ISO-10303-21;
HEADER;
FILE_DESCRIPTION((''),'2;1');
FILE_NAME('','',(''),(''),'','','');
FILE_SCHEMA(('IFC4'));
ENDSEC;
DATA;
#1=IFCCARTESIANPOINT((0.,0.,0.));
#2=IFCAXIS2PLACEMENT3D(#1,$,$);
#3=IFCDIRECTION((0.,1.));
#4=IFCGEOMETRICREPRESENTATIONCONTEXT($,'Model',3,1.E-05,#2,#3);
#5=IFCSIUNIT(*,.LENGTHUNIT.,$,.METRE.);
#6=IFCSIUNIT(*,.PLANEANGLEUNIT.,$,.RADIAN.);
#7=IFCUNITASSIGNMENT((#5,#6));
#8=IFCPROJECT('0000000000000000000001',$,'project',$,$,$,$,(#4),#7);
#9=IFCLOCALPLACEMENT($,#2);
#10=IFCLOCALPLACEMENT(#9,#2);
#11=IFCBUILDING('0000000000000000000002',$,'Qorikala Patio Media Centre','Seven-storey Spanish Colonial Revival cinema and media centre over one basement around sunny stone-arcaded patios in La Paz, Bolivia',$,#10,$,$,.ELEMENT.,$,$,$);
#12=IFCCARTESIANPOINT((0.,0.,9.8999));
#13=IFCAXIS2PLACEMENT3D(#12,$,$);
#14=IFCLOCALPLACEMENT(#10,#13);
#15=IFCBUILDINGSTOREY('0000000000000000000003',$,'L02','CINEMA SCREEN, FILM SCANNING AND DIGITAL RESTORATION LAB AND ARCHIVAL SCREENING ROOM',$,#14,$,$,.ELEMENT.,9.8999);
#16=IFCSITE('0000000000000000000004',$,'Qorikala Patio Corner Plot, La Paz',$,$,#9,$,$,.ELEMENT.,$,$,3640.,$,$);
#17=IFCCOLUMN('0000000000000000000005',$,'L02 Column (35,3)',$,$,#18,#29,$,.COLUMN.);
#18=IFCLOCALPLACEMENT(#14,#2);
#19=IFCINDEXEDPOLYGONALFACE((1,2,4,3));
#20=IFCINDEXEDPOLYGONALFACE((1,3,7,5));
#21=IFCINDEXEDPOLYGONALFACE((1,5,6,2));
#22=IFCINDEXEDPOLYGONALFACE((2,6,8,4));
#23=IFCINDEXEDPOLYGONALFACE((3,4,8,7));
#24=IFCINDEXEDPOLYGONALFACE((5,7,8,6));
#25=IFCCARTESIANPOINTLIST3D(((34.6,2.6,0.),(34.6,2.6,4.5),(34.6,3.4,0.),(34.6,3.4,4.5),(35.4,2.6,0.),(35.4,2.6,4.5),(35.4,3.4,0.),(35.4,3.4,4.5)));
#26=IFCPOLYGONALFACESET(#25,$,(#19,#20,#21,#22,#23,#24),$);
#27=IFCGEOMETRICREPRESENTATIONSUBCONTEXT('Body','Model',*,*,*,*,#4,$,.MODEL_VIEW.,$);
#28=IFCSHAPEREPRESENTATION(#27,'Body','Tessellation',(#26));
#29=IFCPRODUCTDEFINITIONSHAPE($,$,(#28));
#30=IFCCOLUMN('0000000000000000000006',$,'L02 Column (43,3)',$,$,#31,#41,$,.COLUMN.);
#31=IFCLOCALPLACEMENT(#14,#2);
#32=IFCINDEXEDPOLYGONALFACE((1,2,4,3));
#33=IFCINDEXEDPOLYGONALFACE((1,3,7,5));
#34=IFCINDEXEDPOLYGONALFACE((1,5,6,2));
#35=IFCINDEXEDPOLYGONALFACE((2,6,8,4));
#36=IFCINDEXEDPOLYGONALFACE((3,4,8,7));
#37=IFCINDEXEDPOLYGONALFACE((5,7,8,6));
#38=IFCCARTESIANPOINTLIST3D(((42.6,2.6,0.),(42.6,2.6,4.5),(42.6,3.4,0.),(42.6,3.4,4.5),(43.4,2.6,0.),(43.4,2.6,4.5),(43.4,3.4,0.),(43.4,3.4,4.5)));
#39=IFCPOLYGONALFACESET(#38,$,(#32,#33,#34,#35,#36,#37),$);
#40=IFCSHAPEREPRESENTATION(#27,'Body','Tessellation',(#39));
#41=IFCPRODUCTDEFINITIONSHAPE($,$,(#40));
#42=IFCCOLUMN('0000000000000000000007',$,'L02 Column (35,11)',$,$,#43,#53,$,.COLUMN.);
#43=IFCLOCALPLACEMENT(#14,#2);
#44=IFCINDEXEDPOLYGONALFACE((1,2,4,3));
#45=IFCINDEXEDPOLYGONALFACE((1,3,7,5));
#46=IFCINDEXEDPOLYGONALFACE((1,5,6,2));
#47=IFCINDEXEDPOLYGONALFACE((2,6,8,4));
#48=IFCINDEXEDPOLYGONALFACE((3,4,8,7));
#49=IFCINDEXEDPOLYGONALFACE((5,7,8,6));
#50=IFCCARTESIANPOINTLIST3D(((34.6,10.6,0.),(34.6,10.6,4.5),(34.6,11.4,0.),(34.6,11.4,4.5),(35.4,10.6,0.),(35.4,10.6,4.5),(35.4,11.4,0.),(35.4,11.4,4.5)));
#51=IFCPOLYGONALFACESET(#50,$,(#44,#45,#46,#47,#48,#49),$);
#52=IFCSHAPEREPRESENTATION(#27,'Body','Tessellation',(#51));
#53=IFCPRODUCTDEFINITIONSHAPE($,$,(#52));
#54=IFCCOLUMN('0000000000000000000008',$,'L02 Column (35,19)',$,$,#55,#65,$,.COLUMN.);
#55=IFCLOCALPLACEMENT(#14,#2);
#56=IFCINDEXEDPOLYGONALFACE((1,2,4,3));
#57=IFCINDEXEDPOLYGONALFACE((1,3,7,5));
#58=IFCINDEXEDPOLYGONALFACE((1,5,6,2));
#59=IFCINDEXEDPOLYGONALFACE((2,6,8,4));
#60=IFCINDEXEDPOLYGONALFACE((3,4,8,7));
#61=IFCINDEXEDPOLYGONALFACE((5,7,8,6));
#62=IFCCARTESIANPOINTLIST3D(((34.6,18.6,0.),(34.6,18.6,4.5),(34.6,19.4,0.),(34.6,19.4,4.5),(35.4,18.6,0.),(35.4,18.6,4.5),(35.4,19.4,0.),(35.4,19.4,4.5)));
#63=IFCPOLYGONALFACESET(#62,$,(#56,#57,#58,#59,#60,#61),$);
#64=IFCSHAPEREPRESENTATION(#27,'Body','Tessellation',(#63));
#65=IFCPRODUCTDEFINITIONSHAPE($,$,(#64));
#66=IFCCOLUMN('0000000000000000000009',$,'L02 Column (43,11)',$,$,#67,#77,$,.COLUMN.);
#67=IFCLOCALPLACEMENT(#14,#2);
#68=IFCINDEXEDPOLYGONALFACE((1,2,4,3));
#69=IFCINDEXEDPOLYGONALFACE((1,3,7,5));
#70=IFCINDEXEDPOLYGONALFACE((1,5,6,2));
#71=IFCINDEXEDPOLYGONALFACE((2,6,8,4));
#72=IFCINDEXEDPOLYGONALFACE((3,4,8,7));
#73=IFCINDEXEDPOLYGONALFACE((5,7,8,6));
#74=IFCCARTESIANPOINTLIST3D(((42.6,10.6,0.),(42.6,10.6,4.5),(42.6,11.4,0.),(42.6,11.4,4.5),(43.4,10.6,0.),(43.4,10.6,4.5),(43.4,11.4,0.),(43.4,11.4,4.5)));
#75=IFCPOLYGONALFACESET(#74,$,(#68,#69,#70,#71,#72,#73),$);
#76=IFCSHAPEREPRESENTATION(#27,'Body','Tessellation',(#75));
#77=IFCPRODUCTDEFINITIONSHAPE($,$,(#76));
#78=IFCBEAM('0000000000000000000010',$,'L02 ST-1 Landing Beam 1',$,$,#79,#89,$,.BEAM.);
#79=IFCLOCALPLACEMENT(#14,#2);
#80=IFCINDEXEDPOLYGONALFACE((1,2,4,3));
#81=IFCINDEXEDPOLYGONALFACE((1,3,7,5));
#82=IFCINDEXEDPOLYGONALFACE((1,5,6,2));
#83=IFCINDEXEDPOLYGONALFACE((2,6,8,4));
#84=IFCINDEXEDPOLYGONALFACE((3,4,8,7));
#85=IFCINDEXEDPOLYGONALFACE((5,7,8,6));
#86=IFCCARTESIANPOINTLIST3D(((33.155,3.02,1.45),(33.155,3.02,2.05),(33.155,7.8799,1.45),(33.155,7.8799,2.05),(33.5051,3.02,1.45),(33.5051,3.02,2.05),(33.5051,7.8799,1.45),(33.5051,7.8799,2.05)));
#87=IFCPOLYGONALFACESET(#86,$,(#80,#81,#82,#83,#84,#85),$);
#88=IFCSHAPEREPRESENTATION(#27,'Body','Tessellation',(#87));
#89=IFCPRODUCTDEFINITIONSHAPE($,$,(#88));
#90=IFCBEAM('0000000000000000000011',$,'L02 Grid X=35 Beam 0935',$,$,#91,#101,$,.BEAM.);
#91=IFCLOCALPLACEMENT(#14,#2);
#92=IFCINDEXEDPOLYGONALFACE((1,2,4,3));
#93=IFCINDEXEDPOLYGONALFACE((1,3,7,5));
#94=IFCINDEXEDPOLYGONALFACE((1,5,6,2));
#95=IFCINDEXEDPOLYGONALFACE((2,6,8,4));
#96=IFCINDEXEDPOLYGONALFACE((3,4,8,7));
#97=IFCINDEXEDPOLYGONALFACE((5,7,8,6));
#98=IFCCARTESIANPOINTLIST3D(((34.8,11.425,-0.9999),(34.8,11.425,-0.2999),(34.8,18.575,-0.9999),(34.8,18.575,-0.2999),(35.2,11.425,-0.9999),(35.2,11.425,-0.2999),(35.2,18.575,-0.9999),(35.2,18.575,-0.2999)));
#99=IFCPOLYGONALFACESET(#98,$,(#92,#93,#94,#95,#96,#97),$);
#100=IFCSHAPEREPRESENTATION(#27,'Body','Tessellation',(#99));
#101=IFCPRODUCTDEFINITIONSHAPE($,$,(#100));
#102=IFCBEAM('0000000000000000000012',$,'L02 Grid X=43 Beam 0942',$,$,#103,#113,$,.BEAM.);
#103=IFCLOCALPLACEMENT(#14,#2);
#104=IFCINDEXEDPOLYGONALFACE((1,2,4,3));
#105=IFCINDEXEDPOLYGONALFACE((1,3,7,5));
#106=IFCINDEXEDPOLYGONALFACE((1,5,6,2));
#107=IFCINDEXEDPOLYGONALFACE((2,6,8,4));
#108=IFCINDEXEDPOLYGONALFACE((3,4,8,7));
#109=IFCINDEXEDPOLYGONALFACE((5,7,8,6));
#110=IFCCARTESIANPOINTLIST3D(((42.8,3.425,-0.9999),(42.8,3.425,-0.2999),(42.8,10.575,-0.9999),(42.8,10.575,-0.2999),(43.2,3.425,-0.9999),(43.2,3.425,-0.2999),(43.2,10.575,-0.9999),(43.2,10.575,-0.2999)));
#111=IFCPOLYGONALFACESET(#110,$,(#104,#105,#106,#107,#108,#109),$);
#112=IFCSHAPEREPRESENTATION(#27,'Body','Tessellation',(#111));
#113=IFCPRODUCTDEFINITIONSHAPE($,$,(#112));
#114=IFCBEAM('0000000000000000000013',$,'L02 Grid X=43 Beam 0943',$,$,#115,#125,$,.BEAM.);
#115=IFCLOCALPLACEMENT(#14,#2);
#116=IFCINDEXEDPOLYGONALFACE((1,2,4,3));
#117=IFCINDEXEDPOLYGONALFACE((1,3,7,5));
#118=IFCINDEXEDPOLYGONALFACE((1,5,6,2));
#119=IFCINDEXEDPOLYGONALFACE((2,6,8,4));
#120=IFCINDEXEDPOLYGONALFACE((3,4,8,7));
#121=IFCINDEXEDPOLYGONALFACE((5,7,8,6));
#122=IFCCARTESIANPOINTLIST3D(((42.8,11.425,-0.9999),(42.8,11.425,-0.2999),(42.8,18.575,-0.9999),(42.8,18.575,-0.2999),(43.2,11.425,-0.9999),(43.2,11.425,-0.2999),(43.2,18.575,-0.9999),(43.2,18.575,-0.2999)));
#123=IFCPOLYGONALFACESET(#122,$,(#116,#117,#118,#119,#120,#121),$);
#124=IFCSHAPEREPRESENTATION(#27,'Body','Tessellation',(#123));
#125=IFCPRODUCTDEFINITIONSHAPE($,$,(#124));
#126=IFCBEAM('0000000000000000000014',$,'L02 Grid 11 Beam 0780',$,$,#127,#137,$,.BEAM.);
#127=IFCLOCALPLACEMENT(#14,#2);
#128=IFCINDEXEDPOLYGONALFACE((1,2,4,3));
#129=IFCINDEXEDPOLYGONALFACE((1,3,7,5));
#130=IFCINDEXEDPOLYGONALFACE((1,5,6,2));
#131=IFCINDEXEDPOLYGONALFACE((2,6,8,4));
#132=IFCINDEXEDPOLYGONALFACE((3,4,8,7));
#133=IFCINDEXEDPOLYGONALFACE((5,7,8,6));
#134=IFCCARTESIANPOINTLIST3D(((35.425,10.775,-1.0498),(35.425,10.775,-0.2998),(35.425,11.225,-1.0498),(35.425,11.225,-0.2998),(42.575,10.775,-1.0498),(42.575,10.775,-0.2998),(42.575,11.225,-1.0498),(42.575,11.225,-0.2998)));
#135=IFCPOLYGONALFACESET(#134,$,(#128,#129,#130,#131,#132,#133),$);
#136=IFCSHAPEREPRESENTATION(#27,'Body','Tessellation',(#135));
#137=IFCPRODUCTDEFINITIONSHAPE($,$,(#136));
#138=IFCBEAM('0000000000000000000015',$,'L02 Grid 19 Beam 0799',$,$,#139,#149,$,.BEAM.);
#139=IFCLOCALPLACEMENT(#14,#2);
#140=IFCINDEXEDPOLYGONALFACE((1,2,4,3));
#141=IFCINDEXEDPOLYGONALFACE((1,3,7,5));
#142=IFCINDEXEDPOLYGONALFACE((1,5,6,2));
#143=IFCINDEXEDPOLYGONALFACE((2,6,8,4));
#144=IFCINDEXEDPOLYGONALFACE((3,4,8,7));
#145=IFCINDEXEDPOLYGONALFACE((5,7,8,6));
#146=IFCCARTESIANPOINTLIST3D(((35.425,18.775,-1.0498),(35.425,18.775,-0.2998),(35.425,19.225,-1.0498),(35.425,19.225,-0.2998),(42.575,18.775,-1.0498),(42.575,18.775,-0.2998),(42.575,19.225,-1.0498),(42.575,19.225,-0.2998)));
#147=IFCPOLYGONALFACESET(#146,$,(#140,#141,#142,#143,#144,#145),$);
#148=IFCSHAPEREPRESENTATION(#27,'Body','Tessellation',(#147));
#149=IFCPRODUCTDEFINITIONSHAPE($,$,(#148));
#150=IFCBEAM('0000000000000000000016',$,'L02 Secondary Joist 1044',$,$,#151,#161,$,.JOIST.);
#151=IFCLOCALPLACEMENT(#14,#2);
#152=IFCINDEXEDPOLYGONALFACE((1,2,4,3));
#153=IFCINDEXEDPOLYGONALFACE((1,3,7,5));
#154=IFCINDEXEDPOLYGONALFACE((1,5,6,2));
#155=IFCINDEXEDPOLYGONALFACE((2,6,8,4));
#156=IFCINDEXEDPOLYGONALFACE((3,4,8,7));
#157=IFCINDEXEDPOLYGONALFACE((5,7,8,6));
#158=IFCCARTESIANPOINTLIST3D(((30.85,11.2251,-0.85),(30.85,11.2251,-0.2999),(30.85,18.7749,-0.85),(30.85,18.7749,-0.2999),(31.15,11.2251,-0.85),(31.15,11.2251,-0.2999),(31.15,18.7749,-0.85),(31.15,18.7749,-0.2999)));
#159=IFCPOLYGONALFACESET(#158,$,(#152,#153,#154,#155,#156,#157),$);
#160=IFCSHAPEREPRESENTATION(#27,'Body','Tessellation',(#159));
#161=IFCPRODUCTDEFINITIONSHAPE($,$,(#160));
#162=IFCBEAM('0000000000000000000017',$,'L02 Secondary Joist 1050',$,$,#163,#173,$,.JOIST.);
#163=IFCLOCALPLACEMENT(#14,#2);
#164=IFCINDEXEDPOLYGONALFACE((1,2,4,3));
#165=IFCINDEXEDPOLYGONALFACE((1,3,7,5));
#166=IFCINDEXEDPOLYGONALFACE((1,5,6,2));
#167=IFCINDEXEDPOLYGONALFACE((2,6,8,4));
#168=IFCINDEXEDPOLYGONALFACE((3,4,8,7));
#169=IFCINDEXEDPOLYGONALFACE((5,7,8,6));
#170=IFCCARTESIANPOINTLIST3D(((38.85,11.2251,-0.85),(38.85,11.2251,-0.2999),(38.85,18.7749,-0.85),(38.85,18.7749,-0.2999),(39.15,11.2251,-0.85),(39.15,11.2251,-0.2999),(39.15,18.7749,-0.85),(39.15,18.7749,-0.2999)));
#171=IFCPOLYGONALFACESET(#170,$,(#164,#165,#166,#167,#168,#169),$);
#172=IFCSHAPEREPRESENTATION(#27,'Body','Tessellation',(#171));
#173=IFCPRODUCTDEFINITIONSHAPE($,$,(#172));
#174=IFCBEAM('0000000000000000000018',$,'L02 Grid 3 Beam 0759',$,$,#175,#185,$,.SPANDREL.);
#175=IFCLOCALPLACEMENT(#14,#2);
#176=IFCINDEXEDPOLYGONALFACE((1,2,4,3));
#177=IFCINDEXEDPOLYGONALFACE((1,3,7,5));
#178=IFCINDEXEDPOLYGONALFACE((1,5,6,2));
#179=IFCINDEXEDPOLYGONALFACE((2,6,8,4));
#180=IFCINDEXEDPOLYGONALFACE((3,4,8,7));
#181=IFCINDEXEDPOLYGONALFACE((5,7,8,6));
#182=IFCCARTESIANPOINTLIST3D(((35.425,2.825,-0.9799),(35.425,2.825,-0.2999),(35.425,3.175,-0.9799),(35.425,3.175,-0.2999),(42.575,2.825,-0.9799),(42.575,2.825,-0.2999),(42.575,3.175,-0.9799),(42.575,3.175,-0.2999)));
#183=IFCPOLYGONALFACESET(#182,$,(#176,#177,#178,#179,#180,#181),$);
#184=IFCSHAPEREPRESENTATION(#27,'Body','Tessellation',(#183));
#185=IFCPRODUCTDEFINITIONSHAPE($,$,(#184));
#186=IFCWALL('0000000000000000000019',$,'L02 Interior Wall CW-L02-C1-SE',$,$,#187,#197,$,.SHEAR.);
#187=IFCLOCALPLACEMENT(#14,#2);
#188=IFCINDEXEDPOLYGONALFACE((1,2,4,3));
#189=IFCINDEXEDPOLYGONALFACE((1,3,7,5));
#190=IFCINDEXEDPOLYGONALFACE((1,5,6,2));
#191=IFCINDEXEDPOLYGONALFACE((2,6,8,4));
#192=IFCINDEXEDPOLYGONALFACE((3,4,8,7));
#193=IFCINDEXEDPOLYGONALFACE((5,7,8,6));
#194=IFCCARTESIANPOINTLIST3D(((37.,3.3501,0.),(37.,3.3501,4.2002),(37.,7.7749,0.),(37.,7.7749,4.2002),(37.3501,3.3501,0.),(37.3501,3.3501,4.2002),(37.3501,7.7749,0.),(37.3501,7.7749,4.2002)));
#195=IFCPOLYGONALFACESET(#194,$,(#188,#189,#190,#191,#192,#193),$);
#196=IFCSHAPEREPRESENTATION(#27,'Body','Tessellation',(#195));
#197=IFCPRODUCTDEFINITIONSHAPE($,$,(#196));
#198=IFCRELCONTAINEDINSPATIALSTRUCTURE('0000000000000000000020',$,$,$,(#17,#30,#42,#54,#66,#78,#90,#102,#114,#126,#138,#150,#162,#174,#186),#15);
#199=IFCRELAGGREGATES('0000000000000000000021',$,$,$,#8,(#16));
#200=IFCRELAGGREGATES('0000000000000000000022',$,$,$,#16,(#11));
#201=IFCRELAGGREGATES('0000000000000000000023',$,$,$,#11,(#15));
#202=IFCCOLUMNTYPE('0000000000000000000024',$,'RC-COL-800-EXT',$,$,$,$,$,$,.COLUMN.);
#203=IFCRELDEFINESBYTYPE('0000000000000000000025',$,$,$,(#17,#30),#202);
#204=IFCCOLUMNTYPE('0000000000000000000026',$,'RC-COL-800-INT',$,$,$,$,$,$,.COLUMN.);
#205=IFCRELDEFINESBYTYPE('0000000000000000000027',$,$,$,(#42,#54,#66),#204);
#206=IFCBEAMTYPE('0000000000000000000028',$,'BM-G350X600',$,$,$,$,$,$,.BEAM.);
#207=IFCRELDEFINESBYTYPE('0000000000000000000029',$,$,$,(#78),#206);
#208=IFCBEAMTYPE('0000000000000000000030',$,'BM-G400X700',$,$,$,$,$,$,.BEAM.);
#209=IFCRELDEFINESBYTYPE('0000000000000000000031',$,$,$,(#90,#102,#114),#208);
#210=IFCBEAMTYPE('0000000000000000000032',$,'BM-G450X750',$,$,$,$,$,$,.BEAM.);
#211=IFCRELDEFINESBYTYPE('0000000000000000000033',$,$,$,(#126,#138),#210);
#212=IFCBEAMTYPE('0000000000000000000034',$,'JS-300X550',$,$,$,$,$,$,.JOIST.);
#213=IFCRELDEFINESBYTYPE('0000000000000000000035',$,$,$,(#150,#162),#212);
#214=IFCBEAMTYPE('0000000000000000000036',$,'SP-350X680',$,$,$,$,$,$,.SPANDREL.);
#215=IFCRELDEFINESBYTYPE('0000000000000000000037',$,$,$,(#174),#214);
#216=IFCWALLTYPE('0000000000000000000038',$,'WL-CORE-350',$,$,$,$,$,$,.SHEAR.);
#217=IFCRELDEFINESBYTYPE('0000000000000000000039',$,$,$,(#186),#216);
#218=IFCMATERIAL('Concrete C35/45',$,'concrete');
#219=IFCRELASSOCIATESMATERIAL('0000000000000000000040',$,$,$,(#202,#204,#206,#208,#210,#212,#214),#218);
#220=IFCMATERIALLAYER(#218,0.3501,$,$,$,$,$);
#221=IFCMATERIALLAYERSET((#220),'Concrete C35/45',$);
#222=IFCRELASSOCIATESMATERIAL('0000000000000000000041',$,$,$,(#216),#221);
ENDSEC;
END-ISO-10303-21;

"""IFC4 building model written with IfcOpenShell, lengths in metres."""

from ifc_helpers import new_model, si_unit, direction, frame, frame_2d, origin, origin_2d, place, context, subcontext, project, spatial, rectangle, extrude, material, layer, layer_set, material_profile, profile_set, type_object, element, save


model = new_model("IFC4")

# Units and contexts
model_context = context("Model", 3, precision=1e-05, world=origin(), true_north=direction((0.0, 1.0)))
body_context = subcontext(model_context, "Body", "Model", "MODEL_VIEW")
ifc_project = project(units=[si_unit("LENGTHUNIT", "METRE"), si_unit("PLANEANGLEUNIT", "RADIAN")], contexts=[model_context])

# Site, building, storey
site_placement = place(None, origin())
site = spatial("IfcSite", under=ifc_project, at=site_placement, Name="Qorikala Patio Corner Plot, La Paz", CompositionType="ELEMENT", RefElevation=3640.0)
building_placement = place(site_placement, origin())
building = spatial("IfcBuilding", under=site, at=building_placement, Name="Qorikala Patio Media Centre", Description="Seven-storey Spanish Colonial Revival cinema and media centre over one basement around sunny stone-arcaded patios in La Paz, Bolivia", CompositionType="ELEMENT")
storey_placement = place(building_placement, frame((0.0, 0.0, 9.8999)))
storey = spatial("IfcBuildingStorey", under=building, at=storey_placement, Name="L02", Description="CINEMA SCREEN, FILM SCANNING AND DIGITAL RESTORATION LAB AND ARCHIVAL SCREENING ROOM", CompositionType="ELEMENT", Elevation=9.8999)

# Columns
ifc_material_1 = material(Name="Concrete C35/45", Category="concrete")
ifc_material_profile_1 = material_profile(ifc_material_1, rectangle(XDim=0.8, YDim=0.8, at=origin_2d()), Name="RC 800x800")
ifc_profile_set_1 = profile_set([ifc_material_profile_1], Name="Concrete C35/45")
column_type_1 = type_object("IfcColumnType", Name="RC-COL-800-EXT", PredefinedType="COLUMN", material=ifc_profile_set_1)
for number, where, z_axis, x_axis, name in (
    (1, (35.0, 3.0, 0.0), (0.0, 0.0, 1.0), (1.0, 0.0, 0.0), "L02 Column (35,3)"),
    (2, (43.0, 3.0, 0.0), (0.0, 0.0, 1.0), (1.0, 0.0, 0.0), "L02 Column (43,3)"),
):
    element("IfcColumn", number, at=place(storey_placement, frame(where, z_axis=z_axis, x_axis=x_axis)), inside=storey, type_object=column_type_1, Name=name, PredefinedType="COLUMN", context=body_context, shape_type="SweptSolid", body=[
        extrude(rectangle(XDim=0.8, YDim=0.8, at=origin_2d()), origin(), (0.0, 0.0, 1.0), 4.5),
    ])
ifc_material_profile_2 = material_profile(ifc_material_1, rectangle(XDim=0.8, YDim=0.8, at=origin_2d()), Name="RC 800x800")
ifc_profile_set_2 = profile_set([ifc_material_profile_2], Name="Concrete C35/45")
column_type_2 = type_object("IfcColumnType", Name="RC-COL-800-INT", PredefinedType="COLUMN", material=ifc_profile_set_2)
for number, where, z_axis, x_axis, name in (
    (3, (35.0, 11.0, 0.0), (0.0, 0.0, 1.0), (1.0, 0.0, 0.0), "L02 Column (35,11)"),
    (4, (35.0, 19.0, 0.0), (0.0, 0.0, 1.0), (1.0, 0.0, 0.0), "L02 Column (35,19)"),
    (5, (43.0, 11.0, 0.0), (0.0, 0.0, 1.0), (1.0, 0.0, 0.0), "L02 Column (43,11)"),
):
    element("IfcColumn", number, at=place(storey_placement, frame(where, z_axis=z_axis, x_axis=x_axis)), inside=storey, type_object=column_type_2, Name=name, PredefinedType="COLUMN", context=body_context, shape_type="SweptSolid", body=[
        extrude(rectangle(XDim=0.8, YDim=0.8, at=origin_2d()), origin(), (0.0, 0.0, 1.0), 4.5),
    ])

# Beams
ifc_material_profile_3 = material_profile(ifc_material_1, rectangle(XDim=0.3501, YDim=0.6001, at=origin_2d()), Name="RC 350x600")
ifc_profile_set_3 = profile_set([ifc_material_profile_3], Name="Concrete C35/45")
beam_type_1 = type_object("IfcBeamType", Name="BM-G350X600", PredefinedType="BEAM", material=ifc_profile_set_3)
beam_1_placement = place(storey_placement, frame((33.3301, 3.02, 1.75), z_axis=(0.0, 1.0, 0.0), x_axis=(-1.0, 0.0, 0.0)))
element("IfcBeam", 6, at=beam_1_placement, inside=storey, type_object=beam_type_1, Name="L02 ST-1 Landing Beam 1", PredefinedType="BEAM", context=body_context, shape_type="SweptSolid", body=[
    extrude(rectangle(XDim=0.3501, YDim=0.6001, at=origin_2d()), origin(), (0.0, 0.0, 1.0), 4.8599),
])
ifc_material_profile_4 = material_profile(ifc_material_1, rectangle(XDim=0.3999, YDim=0.7, at=origin_2d()), Name="RC 400x700")
ifc_profile_set_4 = profile_set([ifc_material_profile_4], Name="Concrete C35/45")
beam_type_2 = type_object("IfcBeamType", Name="BM-G400X700", PredefinedType="BEAM", material=ifc_profile_set_4)
for number, where, z_axis, x_axis, name in (
    (7, (35.0, 11.425, -0.6499), (0.0, 1.0, 0.0), (-1.0, 0.0, 0.0), "L02 Grid X=35 Beam 0935"),
    (8, (43.0, 3.425, -0.6499), (0.0, 1.0, 0.0), (-1.0, 0.0, 0.0), "L02 Grid X=43 Beam 0942"),
    (9, (43.0, 11.425, -0.6499), (0.0, 1.0, 0.0), (-1.0, 0.0, 0.0), "L02 Grid X=43 Beam 0943"),
):
    element("IfcBeam", number, at=place(storey_placement, frame(where, z_axis=z_axis, x_axis=x_axis)), inside=storey, type_object=beam_type_2, Name=name, PredefinedType="BEAM", context=body_context, shape_type="SweptSolid", body=[
        extrude(rectangle(XDim=0.3999, YDim=0.7, at=origin_2d()), origin(), (0.0, 0.0, 1.0), 7.1499),
    ])
ifc_material_profile_5 = material_profile(ifc_material_1, rectangle(XDim=0.45, YDim=0.75, at=origin_2d()), Name="RC 450x750")
ifc_profile_set_5 = profile_set([ifc_material_profile_5], Name="Concrete C35/45")
beam_type_3 = type_object("IfcBeamType", Name="BM-G450X750", PredefinedType="BEAM", material=ifc_profile_set_5)
for number, where, z_axis, x_axis, name in (
    (10, (35.425, 11.0, -0.6748), (1.0, 0.0, 0.0), (0.0, 1.0, 0.0), "L02 Grid 11 Beam 0780"),
    (11, (35.425, 19.0, -0.6748), (1.0, 0.0, 0.0), (0.0, 1.0, 0.0), "L02 Grid 19 Beam 0799"),
):
    element("IfcBeam", number, at=place(storey_placement, frame(where, z_axis=z_axis, x_axis=x_axis)), inside=storey, type_object=beam_type_3, Name=name, PredefinedType="BEAM", context=body_context, shape_type="SweptSolid", body=[
        extrude(rectangle(XDim=0.45, YDim=0.75, at=origin_2d()), origin(), (0.0, 0.0, 1.0), 7.1499),
    ])
ifc_material_profile_6 = material_profile(ifc_material_1, rectangle(XDim=0.3, YDim=0.55, at=origin_2d()), Name="RC 300x550")
ifc_profile_set_6 = profile_set([ifc_material_profile_6], Name="Concrete C35/45")
beam_type_4 = type_object("IfcBeamType", Name="JS-300X550", PredefinedType="JOIST", material=ifc_profile_set_6)
for number, where, z_axis, x_axis, name in (
    (12, (31.0, 11.2251, -0.575), (0.0, 1.0, 0.0), (-1.0, 0.0, 0.0), "L02 Secondary Joist 1044"),
    (13, (39.0, 11.2251, -0.575), (0.0, 1.0, 0.0), (-1.0, 0.0, 0.0), "L02 Secondary Joist 1050"),
):
    element("IfcBeam", number, at=place(storey_placement, frame(where, z_axis=z_axis, x_axis=x_axis)), inside=storey, type_object=beam_type_4, Name=name, PredefinedType="JOIST", context=body_context, shape_type="SweptSolid", body=[
        extrude(rectangle(XDim=0.3, YDim=0.55, at=origin_2d()), origin(), (0.0, 0.0, 1.0), 7.5498),
    ])
ifc_material_profile_7 = material_profile(ifc_material_1, rectangle(XDim=0.3501, YDim=0.6799, at=origin_2d()), Name="RC 350x680")
ifc_profile_set_7 = profile_set([ifc_material_profile_7], Name="Concrete C35/45")
beam_type_5 = type_object("IfcBeamType", Name="SP-350X680", PredefinedType="SPANDREL", material=ifc_profile_set_7)
beam_2_placement = place(storey_placement, frame((35.425, 3.0, -0.6399), z_axis=(1.0, 0.0, 0.0), x_axis=(0.0, 1.0, 0.0)))
element("IfcBeam", 14, at=beam_2_placement, inside=storey, type_object=beam_type_5, Name="L02 Grid 3 Beam 0759", PredefinedType="SPANDREL", context=body_context, shape_type="SweptSolid", body=[
    extrude(rectangle(XDim=0.3501, YDim=0.6799, at=origin_2d()), origin(), (0.0, 0.0, 1.0), 7.1499),
])

# Wall
ifc_layer_1 = layer(ifc_material_1, 0.3501)
ifc_layer_set_1 = layer_set([ifc_layer_1], Name="Concrete C35/45")
wall_type_1 = type_object("IfcWallType", Name="WL-CORE-350", PredefinedType="SHEAR", material=ifc_layer_set_1)
wall_1_placement = place(storey_placement, frame((37.175, 3.3501, 0.0), z_axis=(0.0, 0.0, 1.0), x_axis=(0.0, 1.0, 0.0)))
element("IfcWall", 15, at=wall_1_placement, inside=storey, type_object=wall_type_1, Name="L02 Interior Wall CW-L02-C1-SE", PredefinedType="SHEAR", context=body_context, shape_type="SweptSolid", body=[
    extrude(rectangle(XDim=4.4248, YDim=0.3501, at=frame_2d((2.2124, 0.0))), origin(), (0.0, 0.0, 1.0), 4.2002),
])

save(model, "model.ifc")
